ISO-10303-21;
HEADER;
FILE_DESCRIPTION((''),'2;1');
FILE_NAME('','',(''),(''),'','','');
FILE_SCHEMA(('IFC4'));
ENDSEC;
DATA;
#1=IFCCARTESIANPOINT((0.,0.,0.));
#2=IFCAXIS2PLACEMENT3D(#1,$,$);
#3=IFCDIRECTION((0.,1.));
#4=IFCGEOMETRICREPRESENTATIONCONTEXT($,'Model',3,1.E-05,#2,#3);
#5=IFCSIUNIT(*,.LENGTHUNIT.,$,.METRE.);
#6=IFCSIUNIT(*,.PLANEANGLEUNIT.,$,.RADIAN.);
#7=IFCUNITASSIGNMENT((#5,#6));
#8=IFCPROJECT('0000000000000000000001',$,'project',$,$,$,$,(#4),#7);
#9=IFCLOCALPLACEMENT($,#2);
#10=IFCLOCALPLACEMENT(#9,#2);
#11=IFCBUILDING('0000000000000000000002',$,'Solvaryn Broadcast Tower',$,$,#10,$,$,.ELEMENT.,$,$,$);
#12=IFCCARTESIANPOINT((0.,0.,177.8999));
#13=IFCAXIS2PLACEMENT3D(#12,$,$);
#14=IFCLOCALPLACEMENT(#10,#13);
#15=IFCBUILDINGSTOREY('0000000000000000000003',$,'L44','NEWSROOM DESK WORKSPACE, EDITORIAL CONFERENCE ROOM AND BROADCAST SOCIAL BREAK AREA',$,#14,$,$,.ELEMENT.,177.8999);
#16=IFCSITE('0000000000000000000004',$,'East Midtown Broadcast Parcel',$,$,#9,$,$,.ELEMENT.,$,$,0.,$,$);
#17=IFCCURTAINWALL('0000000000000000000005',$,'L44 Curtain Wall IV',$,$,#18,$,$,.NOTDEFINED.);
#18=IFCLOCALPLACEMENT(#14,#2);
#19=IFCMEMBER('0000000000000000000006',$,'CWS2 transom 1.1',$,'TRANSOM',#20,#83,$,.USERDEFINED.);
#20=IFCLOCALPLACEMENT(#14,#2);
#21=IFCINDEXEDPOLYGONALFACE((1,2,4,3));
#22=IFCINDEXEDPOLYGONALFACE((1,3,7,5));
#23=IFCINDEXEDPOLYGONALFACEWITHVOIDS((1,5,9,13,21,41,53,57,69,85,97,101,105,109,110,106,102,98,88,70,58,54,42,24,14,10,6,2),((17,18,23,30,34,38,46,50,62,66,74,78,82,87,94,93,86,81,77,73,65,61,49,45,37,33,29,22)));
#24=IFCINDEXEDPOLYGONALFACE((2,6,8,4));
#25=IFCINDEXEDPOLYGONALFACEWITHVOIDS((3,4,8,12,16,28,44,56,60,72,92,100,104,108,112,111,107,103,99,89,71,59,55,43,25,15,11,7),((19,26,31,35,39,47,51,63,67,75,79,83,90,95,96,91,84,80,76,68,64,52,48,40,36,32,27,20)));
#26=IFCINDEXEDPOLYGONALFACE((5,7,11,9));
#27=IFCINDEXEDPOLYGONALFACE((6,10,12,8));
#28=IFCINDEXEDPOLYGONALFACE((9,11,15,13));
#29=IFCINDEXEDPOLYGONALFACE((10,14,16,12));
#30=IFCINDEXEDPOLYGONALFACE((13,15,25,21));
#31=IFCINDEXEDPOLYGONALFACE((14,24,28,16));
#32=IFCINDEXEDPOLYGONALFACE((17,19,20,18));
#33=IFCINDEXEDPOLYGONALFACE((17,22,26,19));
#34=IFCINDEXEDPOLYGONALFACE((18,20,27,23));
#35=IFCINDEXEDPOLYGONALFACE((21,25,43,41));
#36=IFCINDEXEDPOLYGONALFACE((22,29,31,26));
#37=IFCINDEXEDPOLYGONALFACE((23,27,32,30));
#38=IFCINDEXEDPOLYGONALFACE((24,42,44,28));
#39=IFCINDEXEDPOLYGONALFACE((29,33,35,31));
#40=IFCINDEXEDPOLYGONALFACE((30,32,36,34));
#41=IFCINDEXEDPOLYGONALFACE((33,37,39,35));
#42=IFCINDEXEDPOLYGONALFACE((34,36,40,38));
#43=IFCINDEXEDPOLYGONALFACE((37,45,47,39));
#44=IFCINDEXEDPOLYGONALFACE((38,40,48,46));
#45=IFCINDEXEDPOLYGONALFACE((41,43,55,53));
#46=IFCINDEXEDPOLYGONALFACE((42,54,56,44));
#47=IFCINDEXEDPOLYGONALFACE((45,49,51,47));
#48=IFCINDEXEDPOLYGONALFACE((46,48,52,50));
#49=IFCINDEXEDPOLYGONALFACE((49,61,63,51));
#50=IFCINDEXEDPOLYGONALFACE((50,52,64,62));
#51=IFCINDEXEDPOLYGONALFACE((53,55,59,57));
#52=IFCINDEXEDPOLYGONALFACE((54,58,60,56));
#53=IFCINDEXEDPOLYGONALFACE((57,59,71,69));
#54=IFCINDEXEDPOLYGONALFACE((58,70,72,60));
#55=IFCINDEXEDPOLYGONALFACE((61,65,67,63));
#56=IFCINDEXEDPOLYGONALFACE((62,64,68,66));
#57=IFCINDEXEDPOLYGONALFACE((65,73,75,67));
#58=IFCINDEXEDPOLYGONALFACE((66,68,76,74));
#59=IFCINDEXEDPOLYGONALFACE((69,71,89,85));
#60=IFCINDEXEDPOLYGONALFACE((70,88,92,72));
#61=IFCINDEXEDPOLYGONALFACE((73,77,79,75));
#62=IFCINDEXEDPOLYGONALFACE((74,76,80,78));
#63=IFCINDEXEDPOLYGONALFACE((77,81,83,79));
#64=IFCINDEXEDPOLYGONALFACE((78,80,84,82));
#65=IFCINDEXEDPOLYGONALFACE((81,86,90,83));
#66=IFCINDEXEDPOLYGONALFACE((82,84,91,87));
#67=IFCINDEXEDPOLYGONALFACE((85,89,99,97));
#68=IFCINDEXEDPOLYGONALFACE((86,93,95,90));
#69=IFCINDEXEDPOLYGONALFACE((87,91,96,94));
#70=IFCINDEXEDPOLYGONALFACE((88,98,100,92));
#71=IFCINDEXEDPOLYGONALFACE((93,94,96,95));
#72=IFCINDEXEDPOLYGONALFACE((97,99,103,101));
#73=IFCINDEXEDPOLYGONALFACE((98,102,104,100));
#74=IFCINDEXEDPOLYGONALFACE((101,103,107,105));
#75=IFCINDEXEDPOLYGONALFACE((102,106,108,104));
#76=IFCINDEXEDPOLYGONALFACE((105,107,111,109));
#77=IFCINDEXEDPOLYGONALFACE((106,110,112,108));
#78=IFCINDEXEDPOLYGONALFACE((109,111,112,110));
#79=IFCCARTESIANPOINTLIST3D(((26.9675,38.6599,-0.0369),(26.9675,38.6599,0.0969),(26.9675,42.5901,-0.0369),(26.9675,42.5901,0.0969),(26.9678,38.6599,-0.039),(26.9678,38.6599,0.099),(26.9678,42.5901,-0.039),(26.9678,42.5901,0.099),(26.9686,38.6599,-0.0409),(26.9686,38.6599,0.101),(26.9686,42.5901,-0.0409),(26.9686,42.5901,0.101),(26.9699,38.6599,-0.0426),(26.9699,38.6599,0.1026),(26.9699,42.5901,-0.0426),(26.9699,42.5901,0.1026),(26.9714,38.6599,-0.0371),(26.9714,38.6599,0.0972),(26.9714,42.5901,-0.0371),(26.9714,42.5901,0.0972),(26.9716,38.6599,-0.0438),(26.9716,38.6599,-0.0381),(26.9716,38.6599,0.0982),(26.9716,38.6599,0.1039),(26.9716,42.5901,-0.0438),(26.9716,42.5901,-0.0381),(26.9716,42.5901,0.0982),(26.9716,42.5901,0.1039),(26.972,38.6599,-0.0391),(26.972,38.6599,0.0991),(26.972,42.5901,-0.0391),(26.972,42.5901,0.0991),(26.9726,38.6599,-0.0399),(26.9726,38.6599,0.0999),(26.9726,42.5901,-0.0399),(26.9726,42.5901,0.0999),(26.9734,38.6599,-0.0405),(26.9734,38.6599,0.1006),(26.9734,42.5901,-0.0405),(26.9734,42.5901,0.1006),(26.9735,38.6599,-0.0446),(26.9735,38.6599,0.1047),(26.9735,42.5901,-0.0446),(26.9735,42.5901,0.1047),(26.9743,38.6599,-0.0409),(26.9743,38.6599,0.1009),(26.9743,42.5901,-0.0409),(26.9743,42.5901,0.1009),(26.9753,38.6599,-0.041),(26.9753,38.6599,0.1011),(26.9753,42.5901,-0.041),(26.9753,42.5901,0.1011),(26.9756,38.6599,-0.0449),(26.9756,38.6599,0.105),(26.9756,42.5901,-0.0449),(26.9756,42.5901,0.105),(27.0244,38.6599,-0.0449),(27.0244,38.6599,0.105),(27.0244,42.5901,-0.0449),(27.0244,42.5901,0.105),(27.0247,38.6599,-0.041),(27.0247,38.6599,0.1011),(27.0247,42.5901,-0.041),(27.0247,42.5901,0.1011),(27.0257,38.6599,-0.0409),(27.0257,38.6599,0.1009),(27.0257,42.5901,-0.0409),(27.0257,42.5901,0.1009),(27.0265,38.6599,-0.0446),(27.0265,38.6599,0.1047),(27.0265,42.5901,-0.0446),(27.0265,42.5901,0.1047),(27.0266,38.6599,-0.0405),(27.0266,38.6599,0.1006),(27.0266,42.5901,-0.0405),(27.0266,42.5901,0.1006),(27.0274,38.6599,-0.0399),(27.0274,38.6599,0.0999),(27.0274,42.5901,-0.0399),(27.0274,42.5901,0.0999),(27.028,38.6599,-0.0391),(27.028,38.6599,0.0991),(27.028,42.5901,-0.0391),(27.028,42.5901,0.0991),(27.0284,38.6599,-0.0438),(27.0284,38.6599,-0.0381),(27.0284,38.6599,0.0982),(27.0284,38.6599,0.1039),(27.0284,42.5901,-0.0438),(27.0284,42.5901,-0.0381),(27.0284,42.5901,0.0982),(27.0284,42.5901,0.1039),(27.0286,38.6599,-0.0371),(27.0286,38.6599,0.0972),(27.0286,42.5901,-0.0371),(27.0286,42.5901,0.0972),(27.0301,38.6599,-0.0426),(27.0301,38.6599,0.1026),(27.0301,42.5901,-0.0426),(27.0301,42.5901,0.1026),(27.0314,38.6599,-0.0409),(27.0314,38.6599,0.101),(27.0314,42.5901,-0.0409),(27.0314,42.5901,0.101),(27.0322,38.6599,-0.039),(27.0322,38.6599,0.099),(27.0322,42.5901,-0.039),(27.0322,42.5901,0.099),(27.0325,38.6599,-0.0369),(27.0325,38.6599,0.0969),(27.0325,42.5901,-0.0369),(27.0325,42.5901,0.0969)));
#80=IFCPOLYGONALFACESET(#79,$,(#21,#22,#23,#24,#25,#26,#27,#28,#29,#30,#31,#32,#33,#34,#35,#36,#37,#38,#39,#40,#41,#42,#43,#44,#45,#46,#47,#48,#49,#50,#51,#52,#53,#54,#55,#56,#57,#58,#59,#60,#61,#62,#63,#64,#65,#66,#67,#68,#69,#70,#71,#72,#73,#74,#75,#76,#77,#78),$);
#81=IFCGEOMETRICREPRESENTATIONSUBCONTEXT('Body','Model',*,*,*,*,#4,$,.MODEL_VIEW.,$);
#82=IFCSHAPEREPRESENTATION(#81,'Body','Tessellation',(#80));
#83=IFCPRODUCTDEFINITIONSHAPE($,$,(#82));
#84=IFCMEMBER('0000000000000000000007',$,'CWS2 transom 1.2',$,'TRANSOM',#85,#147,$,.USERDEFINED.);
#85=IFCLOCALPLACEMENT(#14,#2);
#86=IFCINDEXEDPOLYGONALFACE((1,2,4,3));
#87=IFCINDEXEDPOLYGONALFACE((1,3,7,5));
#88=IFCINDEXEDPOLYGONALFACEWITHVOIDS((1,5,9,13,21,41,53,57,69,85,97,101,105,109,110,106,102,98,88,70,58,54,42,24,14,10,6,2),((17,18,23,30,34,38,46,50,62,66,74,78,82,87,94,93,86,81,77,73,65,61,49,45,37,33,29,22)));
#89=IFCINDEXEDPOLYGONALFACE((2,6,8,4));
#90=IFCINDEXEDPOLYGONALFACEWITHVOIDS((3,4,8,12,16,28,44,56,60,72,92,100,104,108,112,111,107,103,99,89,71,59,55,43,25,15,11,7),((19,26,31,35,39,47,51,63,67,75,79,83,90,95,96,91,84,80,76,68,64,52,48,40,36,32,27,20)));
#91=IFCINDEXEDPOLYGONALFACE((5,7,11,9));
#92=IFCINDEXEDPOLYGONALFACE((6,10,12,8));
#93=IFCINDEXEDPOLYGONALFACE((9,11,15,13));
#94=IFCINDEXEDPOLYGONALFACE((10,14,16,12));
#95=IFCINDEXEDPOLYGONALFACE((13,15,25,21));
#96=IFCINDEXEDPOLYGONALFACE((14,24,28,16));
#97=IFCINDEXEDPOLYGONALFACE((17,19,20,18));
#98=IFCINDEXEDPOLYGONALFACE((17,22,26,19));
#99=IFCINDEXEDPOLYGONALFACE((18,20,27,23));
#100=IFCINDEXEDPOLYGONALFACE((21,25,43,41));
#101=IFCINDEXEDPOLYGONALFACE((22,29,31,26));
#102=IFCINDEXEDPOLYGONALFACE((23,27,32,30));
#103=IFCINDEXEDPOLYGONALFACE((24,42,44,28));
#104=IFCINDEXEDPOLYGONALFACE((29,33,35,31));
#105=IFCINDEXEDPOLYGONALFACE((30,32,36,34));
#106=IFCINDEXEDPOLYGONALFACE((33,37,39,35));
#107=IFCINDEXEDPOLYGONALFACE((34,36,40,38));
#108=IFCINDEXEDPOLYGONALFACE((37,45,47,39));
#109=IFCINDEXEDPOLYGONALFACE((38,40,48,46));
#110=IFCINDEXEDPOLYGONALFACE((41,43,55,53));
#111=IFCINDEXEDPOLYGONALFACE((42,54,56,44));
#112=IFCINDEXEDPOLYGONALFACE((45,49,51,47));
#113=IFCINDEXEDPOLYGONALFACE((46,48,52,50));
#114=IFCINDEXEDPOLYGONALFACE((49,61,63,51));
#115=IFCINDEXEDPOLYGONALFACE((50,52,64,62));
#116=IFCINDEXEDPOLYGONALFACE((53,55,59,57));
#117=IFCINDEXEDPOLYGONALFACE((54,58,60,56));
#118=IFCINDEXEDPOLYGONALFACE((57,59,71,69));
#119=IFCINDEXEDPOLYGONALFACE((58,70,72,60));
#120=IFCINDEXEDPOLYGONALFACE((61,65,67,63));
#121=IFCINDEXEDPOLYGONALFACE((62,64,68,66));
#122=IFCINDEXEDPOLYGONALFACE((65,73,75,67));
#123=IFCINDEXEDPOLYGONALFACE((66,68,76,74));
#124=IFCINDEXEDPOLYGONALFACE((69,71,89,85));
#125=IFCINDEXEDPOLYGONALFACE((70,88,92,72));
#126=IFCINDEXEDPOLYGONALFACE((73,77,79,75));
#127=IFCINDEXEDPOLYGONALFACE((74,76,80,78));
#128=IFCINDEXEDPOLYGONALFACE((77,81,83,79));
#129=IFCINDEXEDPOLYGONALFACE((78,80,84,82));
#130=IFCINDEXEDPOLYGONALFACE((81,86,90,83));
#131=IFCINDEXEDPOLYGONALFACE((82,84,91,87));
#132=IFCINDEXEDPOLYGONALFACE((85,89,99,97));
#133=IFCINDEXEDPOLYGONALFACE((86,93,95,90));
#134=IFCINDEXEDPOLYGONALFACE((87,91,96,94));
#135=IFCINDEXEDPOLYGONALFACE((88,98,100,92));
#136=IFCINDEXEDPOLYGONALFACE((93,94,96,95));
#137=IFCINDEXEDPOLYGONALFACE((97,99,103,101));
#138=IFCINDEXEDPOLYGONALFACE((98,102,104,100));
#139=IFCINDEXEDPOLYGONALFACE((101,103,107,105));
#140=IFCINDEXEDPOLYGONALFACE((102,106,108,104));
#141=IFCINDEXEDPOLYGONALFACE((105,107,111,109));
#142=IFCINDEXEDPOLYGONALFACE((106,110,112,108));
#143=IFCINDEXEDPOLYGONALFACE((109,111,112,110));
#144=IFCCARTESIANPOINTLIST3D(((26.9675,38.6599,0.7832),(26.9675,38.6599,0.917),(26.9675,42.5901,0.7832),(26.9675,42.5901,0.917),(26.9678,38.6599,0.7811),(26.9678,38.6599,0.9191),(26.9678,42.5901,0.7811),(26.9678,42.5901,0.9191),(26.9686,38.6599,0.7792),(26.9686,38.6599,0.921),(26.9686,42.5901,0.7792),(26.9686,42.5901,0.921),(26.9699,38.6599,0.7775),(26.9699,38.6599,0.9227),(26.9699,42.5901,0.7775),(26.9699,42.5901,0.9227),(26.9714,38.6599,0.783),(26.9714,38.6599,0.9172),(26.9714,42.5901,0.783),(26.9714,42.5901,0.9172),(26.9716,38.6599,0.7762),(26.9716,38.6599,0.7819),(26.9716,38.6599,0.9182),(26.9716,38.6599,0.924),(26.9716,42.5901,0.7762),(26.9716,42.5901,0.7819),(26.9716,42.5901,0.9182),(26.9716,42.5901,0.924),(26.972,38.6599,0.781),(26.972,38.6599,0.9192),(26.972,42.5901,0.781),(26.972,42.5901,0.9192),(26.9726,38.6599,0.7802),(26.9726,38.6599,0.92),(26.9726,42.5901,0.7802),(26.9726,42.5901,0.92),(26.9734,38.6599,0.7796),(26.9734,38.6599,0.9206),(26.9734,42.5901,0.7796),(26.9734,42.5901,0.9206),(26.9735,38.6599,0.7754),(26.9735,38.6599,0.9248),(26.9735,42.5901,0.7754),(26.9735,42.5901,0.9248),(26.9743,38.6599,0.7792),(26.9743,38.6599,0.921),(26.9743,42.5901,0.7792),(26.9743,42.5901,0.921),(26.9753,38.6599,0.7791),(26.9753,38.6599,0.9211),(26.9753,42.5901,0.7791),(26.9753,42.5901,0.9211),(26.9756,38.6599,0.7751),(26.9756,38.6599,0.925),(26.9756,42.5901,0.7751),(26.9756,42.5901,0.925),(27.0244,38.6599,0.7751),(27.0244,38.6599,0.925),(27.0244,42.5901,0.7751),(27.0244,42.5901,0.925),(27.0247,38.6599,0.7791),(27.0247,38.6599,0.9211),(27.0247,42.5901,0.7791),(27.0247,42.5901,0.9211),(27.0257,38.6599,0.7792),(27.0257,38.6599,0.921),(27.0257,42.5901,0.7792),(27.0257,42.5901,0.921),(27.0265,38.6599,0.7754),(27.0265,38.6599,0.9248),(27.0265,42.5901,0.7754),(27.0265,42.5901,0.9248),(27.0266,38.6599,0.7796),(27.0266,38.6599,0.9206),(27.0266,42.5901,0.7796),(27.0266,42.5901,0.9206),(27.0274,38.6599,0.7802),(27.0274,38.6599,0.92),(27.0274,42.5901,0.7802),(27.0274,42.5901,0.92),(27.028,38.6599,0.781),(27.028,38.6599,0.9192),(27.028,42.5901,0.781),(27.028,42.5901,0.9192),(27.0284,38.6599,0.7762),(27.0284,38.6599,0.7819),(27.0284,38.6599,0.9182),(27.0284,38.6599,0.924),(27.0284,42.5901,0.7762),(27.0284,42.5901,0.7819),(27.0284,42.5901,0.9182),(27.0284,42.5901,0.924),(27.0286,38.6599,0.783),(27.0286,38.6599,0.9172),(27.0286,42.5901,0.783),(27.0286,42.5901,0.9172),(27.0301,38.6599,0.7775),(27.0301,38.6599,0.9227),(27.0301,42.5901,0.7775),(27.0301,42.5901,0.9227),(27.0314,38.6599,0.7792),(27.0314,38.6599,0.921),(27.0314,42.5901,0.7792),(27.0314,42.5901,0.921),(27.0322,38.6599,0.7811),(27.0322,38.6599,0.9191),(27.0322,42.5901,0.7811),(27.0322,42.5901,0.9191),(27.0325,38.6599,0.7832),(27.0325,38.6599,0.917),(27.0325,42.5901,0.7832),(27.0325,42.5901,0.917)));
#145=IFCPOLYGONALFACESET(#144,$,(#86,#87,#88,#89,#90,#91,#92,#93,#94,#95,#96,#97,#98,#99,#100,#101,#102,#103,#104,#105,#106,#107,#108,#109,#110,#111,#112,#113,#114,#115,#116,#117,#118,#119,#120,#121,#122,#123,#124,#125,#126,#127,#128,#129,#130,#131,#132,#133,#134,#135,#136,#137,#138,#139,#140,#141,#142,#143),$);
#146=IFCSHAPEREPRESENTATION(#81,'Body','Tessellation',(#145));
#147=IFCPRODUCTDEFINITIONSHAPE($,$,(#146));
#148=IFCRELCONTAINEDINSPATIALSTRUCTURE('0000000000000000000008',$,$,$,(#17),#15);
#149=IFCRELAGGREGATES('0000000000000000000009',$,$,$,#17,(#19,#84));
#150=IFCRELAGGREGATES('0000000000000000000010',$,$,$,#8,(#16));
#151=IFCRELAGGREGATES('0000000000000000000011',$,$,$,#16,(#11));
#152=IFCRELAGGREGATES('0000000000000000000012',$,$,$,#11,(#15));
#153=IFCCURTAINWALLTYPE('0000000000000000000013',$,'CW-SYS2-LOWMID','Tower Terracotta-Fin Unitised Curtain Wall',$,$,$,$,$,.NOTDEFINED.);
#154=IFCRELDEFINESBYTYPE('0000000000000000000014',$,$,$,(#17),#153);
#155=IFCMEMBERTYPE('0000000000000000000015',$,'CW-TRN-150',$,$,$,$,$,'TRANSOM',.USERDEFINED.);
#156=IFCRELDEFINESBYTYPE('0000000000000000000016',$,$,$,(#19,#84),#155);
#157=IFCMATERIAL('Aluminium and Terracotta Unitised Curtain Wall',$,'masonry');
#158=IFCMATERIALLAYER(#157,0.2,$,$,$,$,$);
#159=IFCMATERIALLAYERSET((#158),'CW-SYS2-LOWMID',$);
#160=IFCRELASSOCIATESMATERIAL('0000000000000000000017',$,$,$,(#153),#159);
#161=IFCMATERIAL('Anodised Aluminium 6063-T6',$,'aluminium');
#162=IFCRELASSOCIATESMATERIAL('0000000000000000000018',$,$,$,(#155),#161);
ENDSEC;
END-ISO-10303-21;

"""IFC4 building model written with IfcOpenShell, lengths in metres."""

from ifc_helpers import new_model, si_unit, direction, frame, origin, origin_2d, place, context, subcontext, project, spatial, hollow_rectangle, extrude, material, layer, layer_set, material_profile, profile_set, type_object, element, aggregate, save


model = new_model("IFC4")

# Units and contexts
model_context = context("Model", 3, precision=1e-05, world=origin(), true_north=direction((0.0, 1.0)))
body_context = subcontext(model_context, "Body", "Model", "MODEL_VIEW")
ifc_project = project(units=[si_unit("LENGTHUNIT", "METRE"), si_unit("PLANEANGLEUNIT", "RADIAN")], contexts=[model_context])

# Site, building, storey
site_placement = place(None, origin())
site = spatial("IfcSite", under=ifc_project, at=site_placement, Name="East Midtown Broadcast Parcel", CompositionType="ELEMENT", RefElevation=0.0)
building_placement = place(site_placement, origin())
building = spatial("IfcBuilding", under=site, at=building_placement, Name="Solvaryn Broadcast Tower", CompositionType="ELEMENT")
storey_placement = place(building_placement, frame((0.0, 0.0, 177.8999)))
storey = spatial("IfcBuildingStorey", under=building, at=storey_placement, Name="L44", Description="NEWSROOM DESK WORKSPACE, EDITORIAL CONFERENCE ROOM AND BROADCAST SOCIAL BREAK AREA", CompositionType="ELEMENT", Elevation=177.8999)

# Curtain wall
ifc_material_1 = material(Name="Aluminium and Terracotta Unitised Curtain Wall", Category="masonry")
ifc_layer_1 = layer(ifc_material_1, 0.2)
ifc_layer_set_1 = layer_set([ifc_layer_1], Name="CW-SYS2-LOWMID")
curtain_wall_type = type_object("IfcCurtainWallType", Name="CW-SYS2-LOWMID", Description="Tower Terracotta-Fin Unitised Curtain Wall", PredefinedType="NOTDEFINED", material=ifc_layer_set_1)
curtain_wall_1_placement = place(storey_placement, origin())
curtain_wall_1 = element("IfcCurtainWall", 1, at=curtain_wall_1_placement, inside=storey, type_object=curtain_wall_type, Name="L44 Curtain Wall IV", PredefinedType="NOTDEFINED")

# Members
ifc_material_2 = material(Name="Anodised Aluminium 6063-T6", Category="aluminium")
ifc_material_profile_1 = material_profile(ifc_material_2, hollow_rectangle(XDim=0.0649, YDim=0.1499, WallThickness=0.0039, InnerFilletRadius=0.0039, OuterFilletRadius=0.0081, at=origin_2d()))
ifc_profile_set_1 = profile_set([ifc_material_profile_1], Name="Anodised Aluminium 6063-T6")
member_type_1 = type_object("IfcMemberType", Name="CW-TRN-150", ElementType="TRANSOM", PredefinedType="USERDEFINED", material=ifc_profile_set_1)
member_1_placement = place(storey_placement, frame((27.0, 42.5901, 0.03), z_axis=(0.0, -1.0, 0.0), x_axis=(1.0, 0.0, 0.0)))
member_1 = element("IfcMember", 2, at=member_1_placement, type_object=member_type_1, Name="CWS2 transom 1.1", ObjectType="TRANSOM", PredefinedType="USERDEFINED", context=body_context, shape_type="SweptSolid", body=[
    extrude(hollow_rectangle(XDim=0.0649, YDim=0.1499, WallThickness=0.0039, InnerFilletRadius=0.0039, OuterFilletRadius=0.0081, at=origin_2d()), origin(), (0.0, 0.0, 1.0), 3.9302),
])
member_2_placement = place(storey_placement, frame((27.0, 42.5901, 0.8501), z_axis=(0.0, -1.0, 0.0), x_axis=(1.0, 0.0, 0.0)))
member_2 = element("IfcMember", 3, at=member_2_placement, type_object=member_type_1, Name="CWS2 transom 1.2", ObjectType="TRANSOM", PredefinedType="USERDEFINED", context=body_context, shape_type="SweptSolid", body=[
    extrude(hollow_rectangle(XDim=0.0649, YDim=0.1499, WallThickness=0.0039, InnerFilletRadius=0.0039, OuterFilletRadius=0.0081, at=origin_2d()), origin(), (0.0, 0.0, 1.0), 3.9302),
])

aggregate(curtain_wall_1, [member_1, member_2])

save(model, "model.ifc")
